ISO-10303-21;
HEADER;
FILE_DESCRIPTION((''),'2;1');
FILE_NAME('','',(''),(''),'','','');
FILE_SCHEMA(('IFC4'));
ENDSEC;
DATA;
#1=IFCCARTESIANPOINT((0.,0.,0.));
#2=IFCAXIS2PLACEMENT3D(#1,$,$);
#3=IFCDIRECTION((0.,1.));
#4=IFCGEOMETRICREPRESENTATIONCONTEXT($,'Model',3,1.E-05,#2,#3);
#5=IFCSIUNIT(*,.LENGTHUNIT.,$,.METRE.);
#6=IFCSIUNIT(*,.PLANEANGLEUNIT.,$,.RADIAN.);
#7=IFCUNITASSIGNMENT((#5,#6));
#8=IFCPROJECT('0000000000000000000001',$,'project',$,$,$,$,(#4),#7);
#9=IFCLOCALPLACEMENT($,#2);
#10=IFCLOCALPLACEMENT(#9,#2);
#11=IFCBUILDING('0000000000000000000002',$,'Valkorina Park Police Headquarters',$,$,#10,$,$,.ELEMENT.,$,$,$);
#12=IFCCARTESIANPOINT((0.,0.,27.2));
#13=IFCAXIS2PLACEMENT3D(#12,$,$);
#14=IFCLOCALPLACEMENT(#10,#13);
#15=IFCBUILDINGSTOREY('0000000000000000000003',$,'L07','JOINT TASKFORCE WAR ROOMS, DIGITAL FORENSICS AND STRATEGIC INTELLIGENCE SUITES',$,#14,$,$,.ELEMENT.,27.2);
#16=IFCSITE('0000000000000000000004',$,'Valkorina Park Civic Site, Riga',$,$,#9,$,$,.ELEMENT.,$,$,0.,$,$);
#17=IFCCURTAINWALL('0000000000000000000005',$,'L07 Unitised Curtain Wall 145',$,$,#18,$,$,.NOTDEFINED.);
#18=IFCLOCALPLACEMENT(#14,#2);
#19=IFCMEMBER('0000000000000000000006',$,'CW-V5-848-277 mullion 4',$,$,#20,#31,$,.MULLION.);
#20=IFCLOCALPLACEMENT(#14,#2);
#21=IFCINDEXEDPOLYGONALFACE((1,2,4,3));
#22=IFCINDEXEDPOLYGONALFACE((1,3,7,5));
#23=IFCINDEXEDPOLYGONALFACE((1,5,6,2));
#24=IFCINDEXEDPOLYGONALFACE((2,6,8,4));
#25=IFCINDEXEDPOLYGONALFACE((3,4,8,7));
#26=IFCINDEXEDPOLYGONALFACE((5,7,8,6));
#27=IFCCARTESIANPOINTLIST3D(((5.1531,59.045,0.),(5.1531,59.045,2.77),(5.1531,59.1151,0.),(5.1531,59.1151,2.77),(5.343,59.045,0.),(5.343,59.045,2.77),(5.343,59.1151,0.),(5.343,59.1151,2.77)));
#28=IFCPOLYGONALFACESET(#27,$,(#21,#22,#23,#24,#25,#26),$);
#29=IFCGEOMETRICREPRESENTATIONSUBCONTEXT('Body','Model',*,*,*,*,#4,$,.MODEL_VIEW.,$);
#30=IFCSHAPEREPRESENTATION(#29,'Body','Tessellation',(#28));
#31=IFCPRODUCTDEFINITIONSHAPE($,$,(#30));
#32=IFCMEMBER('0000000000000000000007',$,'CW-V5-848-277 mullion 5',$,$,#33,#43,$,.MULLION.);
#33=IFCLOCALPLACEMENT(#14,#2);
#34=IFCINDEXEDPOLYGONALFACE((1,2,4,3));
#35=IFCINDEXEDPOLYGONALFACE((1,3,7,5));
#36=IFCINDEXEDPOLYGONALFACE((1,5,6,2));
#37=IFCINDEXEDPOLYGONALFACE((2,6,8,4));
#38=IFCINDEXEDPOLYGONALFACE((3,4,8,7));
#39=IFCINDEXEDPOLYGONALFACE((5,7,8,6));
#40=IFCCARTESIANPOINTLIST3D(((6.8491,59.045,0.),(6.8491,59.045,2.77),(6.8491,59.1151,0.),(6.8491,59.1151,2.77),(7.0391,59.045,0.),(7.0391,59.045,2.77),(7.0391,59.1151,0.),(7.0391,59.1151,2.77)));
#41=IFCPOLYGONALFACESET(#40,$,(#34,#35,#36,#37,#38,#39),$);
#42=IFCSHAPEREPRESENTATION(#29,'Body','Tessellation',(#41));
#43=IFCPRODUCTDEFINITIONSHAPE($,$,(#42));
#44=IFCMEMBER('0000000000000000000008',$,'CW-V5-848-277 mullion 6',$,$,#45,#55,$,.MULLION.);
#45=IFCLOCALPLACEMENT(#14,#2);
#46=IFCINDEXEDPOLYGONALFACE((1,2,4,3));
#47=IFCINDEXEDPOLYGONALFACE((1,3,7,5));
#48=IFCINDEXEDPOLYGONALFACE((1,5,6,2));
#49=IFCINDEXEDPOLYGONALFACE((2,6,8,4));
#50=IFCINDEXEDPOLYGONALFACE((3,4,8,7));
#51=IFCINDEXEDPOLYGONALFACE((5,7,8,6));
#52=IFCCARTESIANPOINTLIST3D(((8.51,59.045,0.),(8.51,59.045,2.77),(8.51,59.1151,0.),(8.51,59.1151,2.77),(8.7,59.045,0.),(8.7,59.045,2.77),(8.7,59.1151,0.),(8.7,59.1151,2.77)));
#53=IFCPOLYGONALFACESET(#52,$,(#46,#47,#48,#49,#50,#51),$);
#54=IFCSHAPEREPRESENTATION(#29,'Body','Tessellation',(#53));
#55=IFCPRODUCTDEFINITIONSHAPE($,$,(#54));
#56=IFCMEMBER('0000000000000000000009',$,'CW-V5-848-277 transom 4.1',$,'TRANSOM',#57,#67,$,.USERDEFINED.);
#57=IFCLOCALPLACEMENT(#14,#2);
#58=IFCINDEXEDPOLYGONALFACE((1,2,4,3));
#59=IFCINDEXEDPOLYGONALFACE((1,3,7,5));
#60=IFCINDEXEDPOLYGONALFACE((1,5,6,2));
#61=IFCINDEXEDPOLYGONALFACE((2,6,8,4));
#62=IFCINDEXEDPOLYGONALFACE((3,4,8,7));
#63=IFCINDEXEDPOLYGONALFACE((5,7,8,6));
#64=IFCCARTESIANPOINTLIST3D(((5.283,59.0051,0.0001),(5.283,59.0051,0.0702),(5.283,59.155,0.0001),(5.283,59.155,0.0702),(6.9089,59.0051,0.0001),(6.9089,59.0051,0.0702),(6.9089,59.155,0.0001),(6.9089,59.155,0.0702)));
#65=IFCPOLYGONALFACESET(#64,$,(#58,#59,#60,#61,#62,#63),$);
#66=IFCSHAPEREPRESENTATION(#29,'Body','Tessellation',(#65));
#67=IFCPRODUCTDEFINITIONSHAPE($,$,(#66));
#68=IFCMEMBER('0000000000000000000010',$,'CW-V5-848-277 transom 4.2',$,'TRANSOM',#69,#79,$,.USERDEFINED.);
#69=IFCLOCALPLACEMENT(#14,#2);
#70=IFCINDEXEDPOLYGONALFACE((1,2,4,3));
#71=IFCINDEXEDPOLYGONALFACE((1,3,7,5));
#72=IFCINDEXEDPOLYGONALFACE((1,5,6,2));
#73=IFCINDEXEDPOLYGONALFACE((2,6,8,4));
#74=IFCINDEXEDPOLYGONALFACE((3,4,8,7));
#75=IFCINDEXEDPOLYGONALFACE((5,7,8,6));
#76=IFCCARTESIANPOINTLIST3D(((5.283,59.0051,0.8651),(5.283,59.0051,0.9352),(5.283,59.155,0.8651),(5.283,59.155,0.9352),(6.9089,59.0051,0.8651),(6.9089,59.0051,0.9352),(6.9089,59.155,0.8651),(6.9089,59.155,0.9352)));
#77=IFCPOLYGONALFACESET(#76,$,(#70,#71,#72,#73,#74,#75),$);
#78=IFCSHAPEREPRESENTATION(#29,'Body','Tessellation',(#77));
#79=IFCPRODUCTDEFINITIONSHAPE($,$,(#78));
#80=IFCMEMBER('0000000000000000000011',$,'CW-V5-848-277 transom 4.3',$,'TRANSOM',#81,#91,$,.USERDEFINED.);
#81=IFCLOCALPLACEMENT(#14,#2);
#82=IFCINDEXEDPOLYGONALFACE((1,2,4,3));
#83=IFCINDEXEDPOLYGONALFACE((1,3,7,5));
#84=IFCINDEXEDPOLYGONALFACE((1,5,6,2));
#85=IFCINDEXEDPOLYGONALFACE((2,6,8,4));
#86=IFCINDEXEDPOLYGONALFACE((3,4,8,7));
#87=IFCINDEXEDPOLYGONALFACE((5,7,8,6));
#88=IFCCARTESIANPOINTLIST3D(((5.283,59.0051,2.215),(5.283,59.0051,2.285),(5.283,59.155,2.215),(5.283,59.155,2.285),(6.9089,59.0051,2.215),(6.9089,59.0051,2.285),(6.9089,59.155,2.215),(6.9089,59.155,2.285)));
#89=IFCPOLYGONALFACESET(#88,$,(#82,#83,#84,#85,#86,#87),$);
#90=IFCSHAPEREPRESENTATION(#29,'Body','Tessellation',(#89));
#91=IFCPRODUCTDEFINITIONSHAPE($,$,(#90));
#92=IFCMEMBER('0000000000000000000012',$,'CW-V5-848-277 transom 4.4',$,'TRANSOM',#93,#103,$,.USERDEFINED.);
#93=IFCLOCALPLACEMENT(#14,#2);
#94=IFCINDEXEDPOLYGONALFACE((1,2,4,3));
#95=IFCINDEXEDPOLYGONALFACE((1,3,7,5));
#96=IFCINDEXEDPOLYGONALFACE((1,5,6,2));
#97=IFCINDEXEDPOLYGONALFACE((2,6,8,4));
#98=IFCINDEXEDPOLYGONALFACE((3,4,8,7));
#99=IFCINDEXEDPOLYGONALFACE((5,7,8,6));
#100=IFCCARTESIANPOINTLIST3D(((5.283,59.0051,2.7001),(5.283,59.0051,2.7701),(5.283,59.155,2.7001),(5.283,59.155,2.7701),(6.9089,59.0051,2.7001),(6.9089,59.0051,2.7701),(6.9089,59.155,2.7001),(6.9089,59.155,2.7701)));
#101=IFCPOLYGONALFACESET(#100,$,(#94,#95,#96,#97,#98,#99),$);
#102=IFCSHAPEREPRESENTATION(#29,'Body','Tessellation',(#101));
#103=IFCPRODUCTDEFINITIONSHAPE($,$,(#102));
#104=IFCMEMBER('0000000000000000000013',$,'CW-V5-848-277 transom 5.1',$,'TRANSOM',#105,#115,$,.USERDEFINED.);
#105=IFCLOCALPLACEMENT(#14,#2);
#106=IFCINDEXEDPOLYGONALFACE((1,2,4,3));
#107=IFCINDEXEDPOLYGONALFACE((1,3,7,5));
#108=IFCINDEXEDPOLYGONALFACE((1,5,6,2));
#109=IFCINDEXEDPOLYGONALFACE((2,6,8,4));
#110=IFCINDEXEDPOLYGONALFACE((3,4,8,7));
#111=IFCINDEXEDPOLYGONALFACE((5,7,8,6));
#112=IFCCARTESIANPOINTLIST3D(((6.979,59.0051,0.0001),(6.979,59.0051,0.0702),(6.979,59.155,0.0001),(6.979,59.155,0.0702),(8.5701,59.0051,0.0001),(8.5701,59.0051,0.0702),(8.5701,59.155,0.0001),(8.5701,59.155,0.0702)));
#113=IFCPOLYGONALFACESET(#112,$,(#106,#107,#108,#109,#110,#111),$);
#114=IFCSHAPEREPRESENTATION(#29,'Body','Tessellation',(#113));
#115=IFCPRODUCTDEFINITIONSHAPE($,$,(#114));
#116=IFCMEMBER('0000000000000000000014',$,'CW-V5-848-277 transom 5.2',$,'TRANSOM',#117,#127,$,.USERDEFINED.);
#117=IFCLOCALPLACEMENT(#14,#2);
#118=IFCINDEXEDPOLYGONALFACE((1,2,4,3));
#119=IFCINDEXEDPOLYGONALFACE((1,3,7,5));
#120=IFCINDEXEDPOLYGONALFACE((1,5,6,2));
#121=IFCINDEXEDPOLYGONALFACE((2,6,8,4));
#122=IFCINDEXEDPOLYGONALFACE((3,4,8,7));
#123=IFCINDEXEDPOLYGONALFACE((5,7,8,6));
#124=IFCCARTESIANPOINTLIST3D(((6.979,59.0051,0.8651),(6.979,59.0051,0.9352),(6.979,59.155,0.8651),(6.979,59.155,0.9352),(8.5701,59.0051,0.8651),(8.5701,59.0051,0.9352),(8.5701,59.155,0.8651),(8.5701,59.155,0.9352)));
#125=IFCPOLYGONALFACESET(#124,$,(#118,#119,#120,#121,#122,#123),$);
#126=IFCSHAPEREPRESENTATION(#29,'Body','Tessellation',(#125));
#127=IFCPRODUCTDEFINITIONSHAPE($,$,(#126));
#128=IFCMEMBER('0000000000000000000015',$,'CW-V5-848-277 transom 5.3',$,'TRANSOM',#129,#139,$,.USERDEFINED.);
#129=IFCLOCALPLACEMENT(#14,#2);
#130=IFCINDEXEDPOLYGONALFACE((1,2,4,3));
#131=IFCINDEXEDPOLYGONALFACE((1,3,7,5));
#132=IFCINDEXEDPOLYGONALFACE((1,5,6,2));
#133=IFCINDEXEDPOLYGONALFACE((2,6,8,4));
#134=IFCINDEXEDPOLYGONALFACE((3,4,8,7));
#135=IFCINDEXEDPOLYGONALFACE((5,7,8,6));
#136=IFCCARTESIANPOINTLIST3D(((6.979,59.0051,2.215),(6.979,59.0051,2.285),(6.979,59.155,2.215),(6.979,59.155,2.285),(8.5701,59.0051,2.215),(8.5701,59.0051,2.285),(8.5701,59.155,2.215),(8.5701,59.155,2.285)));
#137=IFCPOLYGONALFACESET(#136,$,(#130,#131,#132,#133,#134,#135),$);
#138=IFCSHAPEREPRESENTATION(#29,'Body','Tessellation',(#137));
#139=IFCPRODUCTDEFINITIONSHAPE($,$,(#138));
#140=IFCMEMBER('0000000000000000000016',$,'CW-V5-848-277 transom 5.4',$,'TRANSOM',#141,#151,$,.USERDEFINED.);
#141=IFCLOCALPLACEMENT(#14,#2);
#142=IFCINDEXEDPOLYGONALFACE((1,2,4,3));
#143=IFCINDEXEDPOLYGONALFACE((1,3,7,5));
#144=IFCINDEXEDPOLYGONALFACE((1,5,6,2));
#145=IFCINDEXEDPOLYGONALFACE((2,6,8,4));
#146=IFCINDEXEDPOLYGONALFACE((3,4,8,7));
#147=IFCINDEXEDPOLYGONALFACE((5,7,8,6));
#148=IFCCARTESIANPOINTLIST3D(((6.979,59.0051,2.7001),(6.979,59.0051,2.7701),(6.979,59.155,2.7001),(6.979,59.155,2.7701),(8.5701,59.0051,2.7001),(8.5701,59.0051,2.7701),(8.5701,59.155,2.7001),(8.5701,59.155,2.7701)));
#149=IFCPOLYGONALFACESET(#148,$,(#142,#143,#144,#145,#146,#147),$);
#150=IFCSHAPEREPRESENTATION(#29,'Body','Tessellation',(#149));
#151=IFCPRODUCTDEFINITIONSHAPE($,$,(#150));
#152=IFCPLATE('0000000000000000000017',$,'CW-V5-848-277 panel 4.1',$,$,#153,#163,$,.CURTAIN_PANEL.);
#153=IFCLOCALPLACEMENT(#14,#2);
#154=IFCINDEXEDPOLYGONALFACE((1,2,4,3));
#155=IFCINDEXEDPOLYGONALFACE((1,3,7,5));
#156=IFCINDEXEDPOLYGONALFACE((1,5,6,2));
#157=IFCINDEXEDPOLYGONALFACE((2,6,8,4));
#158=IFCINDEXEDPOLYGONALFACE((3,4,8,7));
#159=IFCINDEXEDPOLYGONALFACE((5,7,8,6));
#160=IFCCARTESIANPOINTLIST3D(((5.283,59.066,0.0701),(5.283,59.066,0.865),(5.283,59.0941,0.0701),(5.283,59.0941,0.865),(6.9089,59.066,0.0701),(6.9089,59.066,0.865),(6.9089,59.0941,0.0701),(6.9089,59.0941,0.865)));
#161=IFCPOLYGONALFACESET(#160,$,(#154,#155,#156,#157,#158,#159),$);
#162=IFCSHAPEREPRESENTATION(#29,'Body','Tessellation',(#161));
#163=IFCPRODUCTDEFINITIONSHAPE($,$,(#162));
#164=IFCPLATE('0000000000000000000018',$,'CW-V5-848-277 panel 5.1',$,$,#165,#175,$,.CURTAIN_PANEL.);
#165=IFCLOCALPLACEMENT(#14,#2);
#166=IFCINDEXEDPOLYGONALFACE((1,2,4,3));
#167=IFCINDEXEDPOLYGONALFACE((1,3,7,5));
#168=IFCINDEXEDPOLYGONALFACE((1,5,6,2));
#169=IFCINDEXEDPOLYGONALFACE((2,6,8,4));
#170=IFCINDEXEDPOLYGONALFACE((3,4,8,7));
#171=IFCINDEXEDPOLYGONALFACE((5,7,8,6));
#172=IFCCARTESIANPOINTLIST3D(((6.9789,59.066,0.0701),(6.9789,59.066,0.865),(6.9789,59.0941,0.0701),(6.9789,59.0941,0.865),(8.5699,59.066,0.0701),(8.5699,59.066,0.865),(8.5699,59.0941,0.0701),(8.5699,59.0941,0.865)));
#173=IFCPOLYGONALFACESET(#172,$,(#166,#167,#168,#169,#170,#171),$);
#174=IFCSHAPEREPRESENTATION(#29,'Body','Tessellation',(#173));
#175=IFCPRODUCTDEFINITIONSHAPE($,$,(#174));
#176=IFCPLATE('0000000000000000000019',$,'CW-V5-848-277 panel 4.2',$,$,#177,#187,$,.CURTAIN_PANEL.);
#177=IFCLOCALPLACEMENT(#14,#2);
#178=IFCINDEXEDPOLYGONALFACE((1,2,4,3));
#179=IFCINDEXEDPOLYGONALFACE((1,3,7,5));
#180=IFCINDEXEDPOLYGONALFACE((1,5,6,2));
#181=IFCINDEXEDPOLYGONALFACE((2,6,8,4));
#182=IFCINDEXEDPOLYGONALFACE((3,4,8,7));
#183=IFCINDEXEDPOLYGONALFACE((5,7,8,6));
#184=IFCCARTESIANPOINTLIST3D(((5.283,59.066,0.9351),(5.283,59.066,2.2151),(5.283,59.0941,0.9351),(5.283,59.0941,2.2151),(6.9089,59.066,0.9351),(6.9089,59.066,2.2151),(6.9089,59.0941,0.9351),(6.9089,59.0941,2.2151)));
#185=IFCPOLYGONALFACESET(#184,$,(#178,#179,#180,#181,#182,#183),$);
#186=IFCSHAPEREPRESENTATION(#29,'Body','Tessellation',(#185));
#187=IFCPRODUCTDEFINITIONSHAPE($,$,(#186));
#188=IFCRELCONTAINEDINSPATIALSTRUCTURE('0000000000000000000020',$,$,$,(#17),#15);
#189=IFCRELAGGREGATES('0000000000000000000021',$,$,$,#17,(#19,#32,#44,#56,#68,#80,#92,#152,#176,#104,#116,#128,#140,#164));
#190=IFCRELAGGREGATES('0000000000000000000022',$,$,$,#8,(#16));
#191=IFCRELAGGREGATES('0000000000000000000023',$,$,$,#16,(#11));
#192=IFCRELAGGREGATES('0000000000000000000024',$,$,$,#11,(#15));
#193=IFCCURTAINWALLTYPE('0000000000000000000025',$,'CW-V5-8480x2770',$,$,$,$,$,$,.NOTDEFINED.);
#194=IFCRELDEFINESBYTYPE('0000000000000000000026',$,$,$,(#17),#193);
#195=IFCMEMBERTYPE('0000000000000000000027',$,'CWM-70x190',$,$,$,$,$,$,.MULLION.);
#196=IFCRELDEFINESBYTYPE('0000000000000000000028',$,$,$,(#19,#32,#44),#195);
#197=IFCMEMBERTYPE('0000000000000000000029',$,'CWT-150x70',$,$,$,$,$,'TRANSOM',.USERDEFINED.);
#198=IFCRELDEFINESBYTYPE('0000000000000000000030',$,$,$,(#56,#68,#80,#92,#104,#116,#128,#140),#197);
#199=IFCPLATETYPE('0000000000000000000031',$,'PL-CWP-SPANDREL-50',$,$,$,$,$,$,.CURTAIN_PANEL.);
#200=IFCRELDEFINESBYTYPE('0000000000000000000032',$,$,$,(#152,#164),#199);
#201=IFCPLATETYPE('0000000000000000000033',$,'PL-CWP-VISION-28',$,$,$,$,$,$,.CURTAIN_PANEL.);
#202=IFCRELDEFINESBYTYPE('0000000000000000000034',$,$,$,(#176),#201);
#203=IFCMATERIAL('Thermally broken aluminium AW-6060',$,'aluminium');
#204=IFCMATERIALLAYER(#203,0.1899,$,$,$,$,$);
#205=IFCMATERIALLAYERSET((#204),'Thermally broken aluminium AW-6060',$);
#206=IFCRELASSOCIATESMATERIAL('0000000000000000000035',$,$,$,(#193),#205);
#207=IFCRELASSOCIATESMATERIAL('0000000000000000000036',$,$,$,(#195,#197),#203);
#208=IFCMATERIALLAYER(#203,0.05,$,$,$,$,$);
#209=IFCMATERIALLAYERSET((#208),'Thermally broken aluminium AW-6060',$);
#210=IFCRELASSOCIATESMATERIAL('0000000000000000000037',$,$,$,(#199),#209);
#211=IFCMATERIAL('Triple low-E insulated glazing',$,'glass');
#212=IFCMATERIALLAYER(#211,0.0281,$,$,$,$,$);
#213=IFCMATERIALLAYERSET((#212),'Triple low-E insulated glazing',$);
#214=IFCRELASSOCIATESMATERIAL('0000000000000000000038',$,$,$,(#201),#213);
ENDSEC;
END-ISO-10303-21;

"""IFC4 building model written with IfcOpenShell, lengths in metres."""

from ifc_helpers import new_model, si_unit, direction, frame, origin, origin_2d, place, context, subcontext, project, spatial, rectangle, extrude, material, layer, layer_set, material_profile, profile_set, type_object, element, aggregate, save


model = new_model("IFC4")

# Units and contexts
model_context = context("Model", 3, precision=1e-05, world=origin(), true_north=direction((0.0, 1.0)))
body_context = subcontext(model_context, "Body", "Model", "MODEL_VIEW")
ifc_project = project(units=[si_unit("LENGTHUNIT", "METRE"), si_unit("PLANEANGLEUNIT", "RADIAN")], contexts=[model_context])

# Site, building, storey
site_placement = place(None, origin())
site = spatial("IfcSite", under=ifc_project, at=site_placement, Name="Valkorina Park Civic Site, Riga", CompositionType="ELEMENT", RefElevation=0.0)
building_placement = place(site_placement, origin())
building = spatial("IfcBuilding", under=site, at=building_placement, Name="Valkorina Park Police Headquarters", CompositionType="ELEMENT")
storey_placement = place(building_placement, frame((0.0, 0.0, 27.2)))
storey = spatial("IfcBuildingStorey", under=building, at=storey_placement, Name="L07", Description="JOINT TASKFORCE WAR ROOMS, DIGITAL FORENSICS AND STRATEGIC INTELLIGENCE SUITES", CompositionType="ELEMENT", Elevation=27.2)

# Curtain wall, members, plates
ifc_material_1 = material(Name="Thermally broken aluminium AW-6060", Category="aluminium")
ifc_layer_1 = layer(ifc_material_1, 0.1899)
ifc_layer_set_1 = layer_set([ifc_layer_1], Name="Thermally broken aluminium AW-6060")
curtain_wall_type = type_object("IfcCurtainWallType", Name="CW-V5-8480x2770", PredefinedType="NOTDEFINED", material=ifc_layer_set_1)
curtain_wall_placement = place(storey_placement, origin())
curtain_wall = element("IfcCurtainWall", 1, at=curtain_wall_placement, inside=storey, type_object=curtain_wall_type, Name="L07 Unitised Curtain Wall 145", PredefinedType="NOTDEFINED")
ifc_material_profile_1 = material_profile(ifc_material_1, rectangle(XDim=0.0701, YDim=0.1899, at=origin_2d()), Name="CWM-02 70x190")
ifc_profile_set_1 = profile_set([ifc_material_profile_1], Name="Thermally broken aluminium AW-6060")
member_type_1 = type_object("IfcMemberType", Name="CWM-70x190", PredefinedType="MULLION", material=ifc_profile_set_1)
member_1_placement = place(storey_placement, frame((5.248, 59.0801, 0.0), z_axis=(0.0, 0.0, 1.0), x_axis=(0.0, 1.0, 0.0)))
member_1 = element("IfcMember", 2, at=member_1_placement, type_object=member_type_1, Name="CW-V5-848-277 mullion 4", PredefinedType="MULLION", context=body_context, shape_type="SweptSolid", body=[
    extrude(rectangle(XDim=0.0701, YDim=0.1899, at=origin_2d()), origin(), (0.0, 0.0, 1.0), 2.77),
])
member_2_placement = place(storey_placement, frame((6.9441, 59.0801, 0.0), z_axis=(0.0, 0.0, 1.0), x_axis=(0.0, 1.0, 0.0)))
member_2 = element("IfcMember", 3, at=member_2_placement, type_object=member_type_1, Name="CW-V5-848-277 mullion 5", PredefinedType="MULLION", context=body_context, shape_type="SweptSolid", body=[
    extrude(rectangle(XDim=0.0701, YDim=0.1899, at=origin_2d()), origin(), (0.0, 0.0, 1.0), 2.77),
])
member_3_placement = place(storey_placement, frame((8.605, 59.0801, 0.0), z_axis=(0.0, 0.0, 1.0), x_axis=(0.0, 1.0, 0.0)))
member_3 = element("IfcMember", 4, at=member_3_placement, type_object=member_type_1, Name="CW-V5-848-277 mullion 6", PredefinedType="MULLION", context=body_context, shape_type="SweptSolid", body=[
    extrude(rectangle(XDim=0.0701, YDim=0.1899, at=origin_2d()), origin(), (0.0, 0.0, 1.0), 2.77),
])
ifc_material_profile_2 = material_profile(ifc_material_1, rectangle(XDim=0.1499, YDim=0.0701, at=origin_2d()), Name="CWT-02 150x70")
ifc_profile_set_2 = profile_set([ifc_material_profile_2], Name="Thermally broken aluminium AW-6060")
member_type_2 = type_object("IfcMemberType", Name="CWT-150x70", ElementType="TRANSOM", PredefinedType="USERDEFINED", material=ifc_profile_set_2)
member_4_placement = place(storey_placement, frame((5.283, 59.0801, 0.0352), z_axis=(1.0, 0.0, 0.0), x_axis=(0.0, 1.0, 0.0)))
member_4 = element("IfcMember", 5, at=member_4_placement, type_object=member_type_2, Name="CW-V5-848-277 transom 4.1", ObjectType="TRANSOM", PredefinedType="USERDEFINED", context=body_context, shape_type="SweptSolid", body=[
    extrude(rectangle(XDim=0.1499, YDim=0.0701, at=origin_2d()), origin(), (0.0, 0.0, 1.0), 1.626),
])
member_5_placement = place(storey_placement, frame((5.283, 59.0801, 0.9001), z_axis=(1.0, 0.0, 0.0), x_axis=(0.0, 1.0, 0.0)))
member_5 = element("IfcMember", 6, at=member_5_placement, type_object=member_type_2, Name="CW-V5-848-277 transom 4.2", ObjectType="TRANSOM", PredefinedType="USERDEFINED", context=body_context, shape_type="SweptSolid", body=[
    extrude(rectangle(XDim=0.1499, YDim=0.0701, at=origin_2d()), origin(), (0.0, 0.0, 1.0), 1.626),
])
member_6_placement = place(storey_placement, frame((5.283, 59.0801, 2.25), z_axis=(1.0, 0.0, 0.0), x_axis=(0.0, 1.0, 0.0)))
member_6 = element("IfcMember", 7, at=member_6_placement, type_object=member_type_2, Name="CW-V5-848-277 transom 4.3", ObjectType="TRANSOM", PredefinedType="USERDEFINED", context=body_context, shape_type="SweptSolid", body=[
    extrude(rectangle(XDim=0.1499, YDim=0.0701, at=origin_2d()), origin(), (0.0, 0.0, 1.0), 1.626),
])
member_7_placement = place(storey_placement, frame((5.283, 59.0801, 2.7351), z_axis=(1.0, 0.0, 0.0), x_axis=(0.0, 1.0, 0.0)))
member_7 = element("IfcMember", 8, at=member_7_placement, type_object=member_type_2, Name="CW-V5-848-277 transom 4.4", ObjectType="TRANSOM", PredefinedType="USERDEFINED", context=body_context, shape_type="SweptSolid", body=[
    extrude(rectangle(XDim=0.1499, YDim=0.0701, at=origin_2d()), origin(), (0.0, 0.0, 1.0), 1.626),
])
member_8_placement = place(storey_placement, frame((6.979, 59.0801, 0.0352), z_axis=(1.0, 0.0, 0.0), x_axis=(0.0, 1.0, 0.0)))
member_8 = element("IfcMember", 9, at=member_8_placement, type_object=member_type_2, Name="CW-V5-848-277 transom 5.1", ObjectType="TRANSOM", PredefinedType="USERDEFINED", context=body_context, shape_type="SweptSolid", body=[
    extrude(rectangle(XDim=0.1499, YDim=0.0701, at=origin_2d()), origin(), (0.0, 0.0, 1.0), 1.5911),
])
member_9_placement = place(storey_placement, frame((6.979, 59.0801, 0.9001), z_axis=(1.0, 0.0, 0.0), x_axis=(0.0, 1.0, 0.0)))
member_9 = element("IfcMember", 10, at=member_9_placement, type_object=member_type_2, Name="CW-V5-848-277 transom 5.2", ObjectType="TRANSOM", PredefinedType="USERDEFINED", context=body_context, shape_type="SweptSolid", body=[
    extrude(rectangle(XDim=0.1499, YDim=0.0701, at=origin_2d()), origin(), (0.0, 0.0, 1.0), 1.5911),
])
member_10_placement = place(storey_placement, frame((6.979, 59.0801, 2.25), z_axis=(1.0, 0.0, 0.0), x_axis=(0.0, 1.0, 0.0)))
member_10 = element("IfcMember", 11, at=member_10_placement, type_object=member_type_2, Name="CW-V5-848-277 transom 5.3", ObjectType="TRANSOM", PredefinedType="USERDEFINED", context=body_context, shape_type="SweptSolid", body=[
    extrude(rectangle(XDim=0.1499, YDim=0.0701, at=origin_2d()), origin(), (0.0, 0.0, 1.0), 1.5911),
])
member_11_placement = place(storey_placement, frame((6.979, 59.0801, 2.7351), z_axis=(1.0, 0.0, 0.0), x_axis=(0.0, 1.0, 0.0)))
member_11 = element("IfcMember", 12, at=member_11_placement, type_object=member_type_2, Name="CW-V5-848-277 transom 5.4", ObjectType="TRANSOM", PredefinedType="USERDEFINED", context=body_context, shape_type="SweptSolid", body=[
    extrude(rectangle(XDim=0.1499, YDim=0.0701, at=origin_2d()), origin(), (0.0, 0.0, 1.0), 1.5911),
])
ifc_layer_2 = layer(ifc_material_1, 0.05)
ifc_layer_set_2 = layer_set([ifc_layer_2], Name="Thermally broken aluminium AW-6060")
plate_type_1 = type_object("IfcPlateType", Name="PL-CWP-SPANDREL-50", PredefinedType="CURTAIN_PANEL", material=ifc_layer_set_2)
plate_1_placement = place(storey_placement, frame((6.0959, 59.0801, 0.0701), z_axis=(0.0, 0.0, 1.0), x_axis=(1.0, 0.0, 0.0)))
plate_1 = element("IfcPlate", 13, at=plate_1_placement, type_object=plate_type_1, Name="CW-V5-848-277 panel 4.1", PredefinedType="CURTAIN_PANEL", context=body_context, shape_type="SweptSolid", body=[
    extrude(rectangle(XDim=1.626, YDim=0.0281, at=origin_2d()), origin(), (0.0, 0.0, 1.0), 0.7949),
])
plate_2_placement = place(storey_placement, frame((7.7744, 59.0801, 0.0701), z_axis=(0.0, 0.0, 1.0), x_axis=(1.0, 0.0, 0.0)))
plate_2 = element("IfcPlate", 14, at=plate_2_placement, type_object=plate_type_1, Name="CW-V5-848-277 panel 5.1", PredefinedType="CURTAIN_PANEL", context=body_context, shape_type="SweptSolid", body=[
    extrude(rectangle(XDim=1.5911, YDim=0.0281, at=origin_2d()), origin(), (0.0, 0.0, 1.0), 0.7949),
])
ifc_material_2 = material(Name="Triple low-E insulated glazing", Category="glass")
ifc_layer_3 = layer(ifc_material_2, 0.0281)
ifc_layer_set_3 = layer_set([ifc_layer_3], Name="Triple low-E insulated glazing")
plate_type_2 = type_object("IfcPlateType", Name="PL-CWP-VISION-28", PredefinedType="CURTAIN_PANEL", material=ifc_layer_set_3)
plate_3_placement = place(storey_placement, frame((6.0959, 59.0801, 0.9351), z_axis=(0.0, 0.0, 1.0), x_axis=(1.0, 0.0, 0.0)))
plate_3 = element("IfcPlate", 15, at=plate_3_placement, type_object=plate_type_2, Name="CW-V5-848-277 panel 4.2", PredefinedType="CURTAIN_PANEL", context=body_context, shape_type="SweptSolid", body=[
    extrude(rectangle(XDim=1.626, YDim=0.0281, at=origin_2d()), origin(), (0.0, 0.0, 1.0), 1.28),
])
aggregate(curtain_wall, [member_1, member_2, member_3, member_4, member_5, member_6, member_7, plate_1, plate_3, member_8, member_9, member_10, member_11, plate_2])

save(model, "model.ifc")
